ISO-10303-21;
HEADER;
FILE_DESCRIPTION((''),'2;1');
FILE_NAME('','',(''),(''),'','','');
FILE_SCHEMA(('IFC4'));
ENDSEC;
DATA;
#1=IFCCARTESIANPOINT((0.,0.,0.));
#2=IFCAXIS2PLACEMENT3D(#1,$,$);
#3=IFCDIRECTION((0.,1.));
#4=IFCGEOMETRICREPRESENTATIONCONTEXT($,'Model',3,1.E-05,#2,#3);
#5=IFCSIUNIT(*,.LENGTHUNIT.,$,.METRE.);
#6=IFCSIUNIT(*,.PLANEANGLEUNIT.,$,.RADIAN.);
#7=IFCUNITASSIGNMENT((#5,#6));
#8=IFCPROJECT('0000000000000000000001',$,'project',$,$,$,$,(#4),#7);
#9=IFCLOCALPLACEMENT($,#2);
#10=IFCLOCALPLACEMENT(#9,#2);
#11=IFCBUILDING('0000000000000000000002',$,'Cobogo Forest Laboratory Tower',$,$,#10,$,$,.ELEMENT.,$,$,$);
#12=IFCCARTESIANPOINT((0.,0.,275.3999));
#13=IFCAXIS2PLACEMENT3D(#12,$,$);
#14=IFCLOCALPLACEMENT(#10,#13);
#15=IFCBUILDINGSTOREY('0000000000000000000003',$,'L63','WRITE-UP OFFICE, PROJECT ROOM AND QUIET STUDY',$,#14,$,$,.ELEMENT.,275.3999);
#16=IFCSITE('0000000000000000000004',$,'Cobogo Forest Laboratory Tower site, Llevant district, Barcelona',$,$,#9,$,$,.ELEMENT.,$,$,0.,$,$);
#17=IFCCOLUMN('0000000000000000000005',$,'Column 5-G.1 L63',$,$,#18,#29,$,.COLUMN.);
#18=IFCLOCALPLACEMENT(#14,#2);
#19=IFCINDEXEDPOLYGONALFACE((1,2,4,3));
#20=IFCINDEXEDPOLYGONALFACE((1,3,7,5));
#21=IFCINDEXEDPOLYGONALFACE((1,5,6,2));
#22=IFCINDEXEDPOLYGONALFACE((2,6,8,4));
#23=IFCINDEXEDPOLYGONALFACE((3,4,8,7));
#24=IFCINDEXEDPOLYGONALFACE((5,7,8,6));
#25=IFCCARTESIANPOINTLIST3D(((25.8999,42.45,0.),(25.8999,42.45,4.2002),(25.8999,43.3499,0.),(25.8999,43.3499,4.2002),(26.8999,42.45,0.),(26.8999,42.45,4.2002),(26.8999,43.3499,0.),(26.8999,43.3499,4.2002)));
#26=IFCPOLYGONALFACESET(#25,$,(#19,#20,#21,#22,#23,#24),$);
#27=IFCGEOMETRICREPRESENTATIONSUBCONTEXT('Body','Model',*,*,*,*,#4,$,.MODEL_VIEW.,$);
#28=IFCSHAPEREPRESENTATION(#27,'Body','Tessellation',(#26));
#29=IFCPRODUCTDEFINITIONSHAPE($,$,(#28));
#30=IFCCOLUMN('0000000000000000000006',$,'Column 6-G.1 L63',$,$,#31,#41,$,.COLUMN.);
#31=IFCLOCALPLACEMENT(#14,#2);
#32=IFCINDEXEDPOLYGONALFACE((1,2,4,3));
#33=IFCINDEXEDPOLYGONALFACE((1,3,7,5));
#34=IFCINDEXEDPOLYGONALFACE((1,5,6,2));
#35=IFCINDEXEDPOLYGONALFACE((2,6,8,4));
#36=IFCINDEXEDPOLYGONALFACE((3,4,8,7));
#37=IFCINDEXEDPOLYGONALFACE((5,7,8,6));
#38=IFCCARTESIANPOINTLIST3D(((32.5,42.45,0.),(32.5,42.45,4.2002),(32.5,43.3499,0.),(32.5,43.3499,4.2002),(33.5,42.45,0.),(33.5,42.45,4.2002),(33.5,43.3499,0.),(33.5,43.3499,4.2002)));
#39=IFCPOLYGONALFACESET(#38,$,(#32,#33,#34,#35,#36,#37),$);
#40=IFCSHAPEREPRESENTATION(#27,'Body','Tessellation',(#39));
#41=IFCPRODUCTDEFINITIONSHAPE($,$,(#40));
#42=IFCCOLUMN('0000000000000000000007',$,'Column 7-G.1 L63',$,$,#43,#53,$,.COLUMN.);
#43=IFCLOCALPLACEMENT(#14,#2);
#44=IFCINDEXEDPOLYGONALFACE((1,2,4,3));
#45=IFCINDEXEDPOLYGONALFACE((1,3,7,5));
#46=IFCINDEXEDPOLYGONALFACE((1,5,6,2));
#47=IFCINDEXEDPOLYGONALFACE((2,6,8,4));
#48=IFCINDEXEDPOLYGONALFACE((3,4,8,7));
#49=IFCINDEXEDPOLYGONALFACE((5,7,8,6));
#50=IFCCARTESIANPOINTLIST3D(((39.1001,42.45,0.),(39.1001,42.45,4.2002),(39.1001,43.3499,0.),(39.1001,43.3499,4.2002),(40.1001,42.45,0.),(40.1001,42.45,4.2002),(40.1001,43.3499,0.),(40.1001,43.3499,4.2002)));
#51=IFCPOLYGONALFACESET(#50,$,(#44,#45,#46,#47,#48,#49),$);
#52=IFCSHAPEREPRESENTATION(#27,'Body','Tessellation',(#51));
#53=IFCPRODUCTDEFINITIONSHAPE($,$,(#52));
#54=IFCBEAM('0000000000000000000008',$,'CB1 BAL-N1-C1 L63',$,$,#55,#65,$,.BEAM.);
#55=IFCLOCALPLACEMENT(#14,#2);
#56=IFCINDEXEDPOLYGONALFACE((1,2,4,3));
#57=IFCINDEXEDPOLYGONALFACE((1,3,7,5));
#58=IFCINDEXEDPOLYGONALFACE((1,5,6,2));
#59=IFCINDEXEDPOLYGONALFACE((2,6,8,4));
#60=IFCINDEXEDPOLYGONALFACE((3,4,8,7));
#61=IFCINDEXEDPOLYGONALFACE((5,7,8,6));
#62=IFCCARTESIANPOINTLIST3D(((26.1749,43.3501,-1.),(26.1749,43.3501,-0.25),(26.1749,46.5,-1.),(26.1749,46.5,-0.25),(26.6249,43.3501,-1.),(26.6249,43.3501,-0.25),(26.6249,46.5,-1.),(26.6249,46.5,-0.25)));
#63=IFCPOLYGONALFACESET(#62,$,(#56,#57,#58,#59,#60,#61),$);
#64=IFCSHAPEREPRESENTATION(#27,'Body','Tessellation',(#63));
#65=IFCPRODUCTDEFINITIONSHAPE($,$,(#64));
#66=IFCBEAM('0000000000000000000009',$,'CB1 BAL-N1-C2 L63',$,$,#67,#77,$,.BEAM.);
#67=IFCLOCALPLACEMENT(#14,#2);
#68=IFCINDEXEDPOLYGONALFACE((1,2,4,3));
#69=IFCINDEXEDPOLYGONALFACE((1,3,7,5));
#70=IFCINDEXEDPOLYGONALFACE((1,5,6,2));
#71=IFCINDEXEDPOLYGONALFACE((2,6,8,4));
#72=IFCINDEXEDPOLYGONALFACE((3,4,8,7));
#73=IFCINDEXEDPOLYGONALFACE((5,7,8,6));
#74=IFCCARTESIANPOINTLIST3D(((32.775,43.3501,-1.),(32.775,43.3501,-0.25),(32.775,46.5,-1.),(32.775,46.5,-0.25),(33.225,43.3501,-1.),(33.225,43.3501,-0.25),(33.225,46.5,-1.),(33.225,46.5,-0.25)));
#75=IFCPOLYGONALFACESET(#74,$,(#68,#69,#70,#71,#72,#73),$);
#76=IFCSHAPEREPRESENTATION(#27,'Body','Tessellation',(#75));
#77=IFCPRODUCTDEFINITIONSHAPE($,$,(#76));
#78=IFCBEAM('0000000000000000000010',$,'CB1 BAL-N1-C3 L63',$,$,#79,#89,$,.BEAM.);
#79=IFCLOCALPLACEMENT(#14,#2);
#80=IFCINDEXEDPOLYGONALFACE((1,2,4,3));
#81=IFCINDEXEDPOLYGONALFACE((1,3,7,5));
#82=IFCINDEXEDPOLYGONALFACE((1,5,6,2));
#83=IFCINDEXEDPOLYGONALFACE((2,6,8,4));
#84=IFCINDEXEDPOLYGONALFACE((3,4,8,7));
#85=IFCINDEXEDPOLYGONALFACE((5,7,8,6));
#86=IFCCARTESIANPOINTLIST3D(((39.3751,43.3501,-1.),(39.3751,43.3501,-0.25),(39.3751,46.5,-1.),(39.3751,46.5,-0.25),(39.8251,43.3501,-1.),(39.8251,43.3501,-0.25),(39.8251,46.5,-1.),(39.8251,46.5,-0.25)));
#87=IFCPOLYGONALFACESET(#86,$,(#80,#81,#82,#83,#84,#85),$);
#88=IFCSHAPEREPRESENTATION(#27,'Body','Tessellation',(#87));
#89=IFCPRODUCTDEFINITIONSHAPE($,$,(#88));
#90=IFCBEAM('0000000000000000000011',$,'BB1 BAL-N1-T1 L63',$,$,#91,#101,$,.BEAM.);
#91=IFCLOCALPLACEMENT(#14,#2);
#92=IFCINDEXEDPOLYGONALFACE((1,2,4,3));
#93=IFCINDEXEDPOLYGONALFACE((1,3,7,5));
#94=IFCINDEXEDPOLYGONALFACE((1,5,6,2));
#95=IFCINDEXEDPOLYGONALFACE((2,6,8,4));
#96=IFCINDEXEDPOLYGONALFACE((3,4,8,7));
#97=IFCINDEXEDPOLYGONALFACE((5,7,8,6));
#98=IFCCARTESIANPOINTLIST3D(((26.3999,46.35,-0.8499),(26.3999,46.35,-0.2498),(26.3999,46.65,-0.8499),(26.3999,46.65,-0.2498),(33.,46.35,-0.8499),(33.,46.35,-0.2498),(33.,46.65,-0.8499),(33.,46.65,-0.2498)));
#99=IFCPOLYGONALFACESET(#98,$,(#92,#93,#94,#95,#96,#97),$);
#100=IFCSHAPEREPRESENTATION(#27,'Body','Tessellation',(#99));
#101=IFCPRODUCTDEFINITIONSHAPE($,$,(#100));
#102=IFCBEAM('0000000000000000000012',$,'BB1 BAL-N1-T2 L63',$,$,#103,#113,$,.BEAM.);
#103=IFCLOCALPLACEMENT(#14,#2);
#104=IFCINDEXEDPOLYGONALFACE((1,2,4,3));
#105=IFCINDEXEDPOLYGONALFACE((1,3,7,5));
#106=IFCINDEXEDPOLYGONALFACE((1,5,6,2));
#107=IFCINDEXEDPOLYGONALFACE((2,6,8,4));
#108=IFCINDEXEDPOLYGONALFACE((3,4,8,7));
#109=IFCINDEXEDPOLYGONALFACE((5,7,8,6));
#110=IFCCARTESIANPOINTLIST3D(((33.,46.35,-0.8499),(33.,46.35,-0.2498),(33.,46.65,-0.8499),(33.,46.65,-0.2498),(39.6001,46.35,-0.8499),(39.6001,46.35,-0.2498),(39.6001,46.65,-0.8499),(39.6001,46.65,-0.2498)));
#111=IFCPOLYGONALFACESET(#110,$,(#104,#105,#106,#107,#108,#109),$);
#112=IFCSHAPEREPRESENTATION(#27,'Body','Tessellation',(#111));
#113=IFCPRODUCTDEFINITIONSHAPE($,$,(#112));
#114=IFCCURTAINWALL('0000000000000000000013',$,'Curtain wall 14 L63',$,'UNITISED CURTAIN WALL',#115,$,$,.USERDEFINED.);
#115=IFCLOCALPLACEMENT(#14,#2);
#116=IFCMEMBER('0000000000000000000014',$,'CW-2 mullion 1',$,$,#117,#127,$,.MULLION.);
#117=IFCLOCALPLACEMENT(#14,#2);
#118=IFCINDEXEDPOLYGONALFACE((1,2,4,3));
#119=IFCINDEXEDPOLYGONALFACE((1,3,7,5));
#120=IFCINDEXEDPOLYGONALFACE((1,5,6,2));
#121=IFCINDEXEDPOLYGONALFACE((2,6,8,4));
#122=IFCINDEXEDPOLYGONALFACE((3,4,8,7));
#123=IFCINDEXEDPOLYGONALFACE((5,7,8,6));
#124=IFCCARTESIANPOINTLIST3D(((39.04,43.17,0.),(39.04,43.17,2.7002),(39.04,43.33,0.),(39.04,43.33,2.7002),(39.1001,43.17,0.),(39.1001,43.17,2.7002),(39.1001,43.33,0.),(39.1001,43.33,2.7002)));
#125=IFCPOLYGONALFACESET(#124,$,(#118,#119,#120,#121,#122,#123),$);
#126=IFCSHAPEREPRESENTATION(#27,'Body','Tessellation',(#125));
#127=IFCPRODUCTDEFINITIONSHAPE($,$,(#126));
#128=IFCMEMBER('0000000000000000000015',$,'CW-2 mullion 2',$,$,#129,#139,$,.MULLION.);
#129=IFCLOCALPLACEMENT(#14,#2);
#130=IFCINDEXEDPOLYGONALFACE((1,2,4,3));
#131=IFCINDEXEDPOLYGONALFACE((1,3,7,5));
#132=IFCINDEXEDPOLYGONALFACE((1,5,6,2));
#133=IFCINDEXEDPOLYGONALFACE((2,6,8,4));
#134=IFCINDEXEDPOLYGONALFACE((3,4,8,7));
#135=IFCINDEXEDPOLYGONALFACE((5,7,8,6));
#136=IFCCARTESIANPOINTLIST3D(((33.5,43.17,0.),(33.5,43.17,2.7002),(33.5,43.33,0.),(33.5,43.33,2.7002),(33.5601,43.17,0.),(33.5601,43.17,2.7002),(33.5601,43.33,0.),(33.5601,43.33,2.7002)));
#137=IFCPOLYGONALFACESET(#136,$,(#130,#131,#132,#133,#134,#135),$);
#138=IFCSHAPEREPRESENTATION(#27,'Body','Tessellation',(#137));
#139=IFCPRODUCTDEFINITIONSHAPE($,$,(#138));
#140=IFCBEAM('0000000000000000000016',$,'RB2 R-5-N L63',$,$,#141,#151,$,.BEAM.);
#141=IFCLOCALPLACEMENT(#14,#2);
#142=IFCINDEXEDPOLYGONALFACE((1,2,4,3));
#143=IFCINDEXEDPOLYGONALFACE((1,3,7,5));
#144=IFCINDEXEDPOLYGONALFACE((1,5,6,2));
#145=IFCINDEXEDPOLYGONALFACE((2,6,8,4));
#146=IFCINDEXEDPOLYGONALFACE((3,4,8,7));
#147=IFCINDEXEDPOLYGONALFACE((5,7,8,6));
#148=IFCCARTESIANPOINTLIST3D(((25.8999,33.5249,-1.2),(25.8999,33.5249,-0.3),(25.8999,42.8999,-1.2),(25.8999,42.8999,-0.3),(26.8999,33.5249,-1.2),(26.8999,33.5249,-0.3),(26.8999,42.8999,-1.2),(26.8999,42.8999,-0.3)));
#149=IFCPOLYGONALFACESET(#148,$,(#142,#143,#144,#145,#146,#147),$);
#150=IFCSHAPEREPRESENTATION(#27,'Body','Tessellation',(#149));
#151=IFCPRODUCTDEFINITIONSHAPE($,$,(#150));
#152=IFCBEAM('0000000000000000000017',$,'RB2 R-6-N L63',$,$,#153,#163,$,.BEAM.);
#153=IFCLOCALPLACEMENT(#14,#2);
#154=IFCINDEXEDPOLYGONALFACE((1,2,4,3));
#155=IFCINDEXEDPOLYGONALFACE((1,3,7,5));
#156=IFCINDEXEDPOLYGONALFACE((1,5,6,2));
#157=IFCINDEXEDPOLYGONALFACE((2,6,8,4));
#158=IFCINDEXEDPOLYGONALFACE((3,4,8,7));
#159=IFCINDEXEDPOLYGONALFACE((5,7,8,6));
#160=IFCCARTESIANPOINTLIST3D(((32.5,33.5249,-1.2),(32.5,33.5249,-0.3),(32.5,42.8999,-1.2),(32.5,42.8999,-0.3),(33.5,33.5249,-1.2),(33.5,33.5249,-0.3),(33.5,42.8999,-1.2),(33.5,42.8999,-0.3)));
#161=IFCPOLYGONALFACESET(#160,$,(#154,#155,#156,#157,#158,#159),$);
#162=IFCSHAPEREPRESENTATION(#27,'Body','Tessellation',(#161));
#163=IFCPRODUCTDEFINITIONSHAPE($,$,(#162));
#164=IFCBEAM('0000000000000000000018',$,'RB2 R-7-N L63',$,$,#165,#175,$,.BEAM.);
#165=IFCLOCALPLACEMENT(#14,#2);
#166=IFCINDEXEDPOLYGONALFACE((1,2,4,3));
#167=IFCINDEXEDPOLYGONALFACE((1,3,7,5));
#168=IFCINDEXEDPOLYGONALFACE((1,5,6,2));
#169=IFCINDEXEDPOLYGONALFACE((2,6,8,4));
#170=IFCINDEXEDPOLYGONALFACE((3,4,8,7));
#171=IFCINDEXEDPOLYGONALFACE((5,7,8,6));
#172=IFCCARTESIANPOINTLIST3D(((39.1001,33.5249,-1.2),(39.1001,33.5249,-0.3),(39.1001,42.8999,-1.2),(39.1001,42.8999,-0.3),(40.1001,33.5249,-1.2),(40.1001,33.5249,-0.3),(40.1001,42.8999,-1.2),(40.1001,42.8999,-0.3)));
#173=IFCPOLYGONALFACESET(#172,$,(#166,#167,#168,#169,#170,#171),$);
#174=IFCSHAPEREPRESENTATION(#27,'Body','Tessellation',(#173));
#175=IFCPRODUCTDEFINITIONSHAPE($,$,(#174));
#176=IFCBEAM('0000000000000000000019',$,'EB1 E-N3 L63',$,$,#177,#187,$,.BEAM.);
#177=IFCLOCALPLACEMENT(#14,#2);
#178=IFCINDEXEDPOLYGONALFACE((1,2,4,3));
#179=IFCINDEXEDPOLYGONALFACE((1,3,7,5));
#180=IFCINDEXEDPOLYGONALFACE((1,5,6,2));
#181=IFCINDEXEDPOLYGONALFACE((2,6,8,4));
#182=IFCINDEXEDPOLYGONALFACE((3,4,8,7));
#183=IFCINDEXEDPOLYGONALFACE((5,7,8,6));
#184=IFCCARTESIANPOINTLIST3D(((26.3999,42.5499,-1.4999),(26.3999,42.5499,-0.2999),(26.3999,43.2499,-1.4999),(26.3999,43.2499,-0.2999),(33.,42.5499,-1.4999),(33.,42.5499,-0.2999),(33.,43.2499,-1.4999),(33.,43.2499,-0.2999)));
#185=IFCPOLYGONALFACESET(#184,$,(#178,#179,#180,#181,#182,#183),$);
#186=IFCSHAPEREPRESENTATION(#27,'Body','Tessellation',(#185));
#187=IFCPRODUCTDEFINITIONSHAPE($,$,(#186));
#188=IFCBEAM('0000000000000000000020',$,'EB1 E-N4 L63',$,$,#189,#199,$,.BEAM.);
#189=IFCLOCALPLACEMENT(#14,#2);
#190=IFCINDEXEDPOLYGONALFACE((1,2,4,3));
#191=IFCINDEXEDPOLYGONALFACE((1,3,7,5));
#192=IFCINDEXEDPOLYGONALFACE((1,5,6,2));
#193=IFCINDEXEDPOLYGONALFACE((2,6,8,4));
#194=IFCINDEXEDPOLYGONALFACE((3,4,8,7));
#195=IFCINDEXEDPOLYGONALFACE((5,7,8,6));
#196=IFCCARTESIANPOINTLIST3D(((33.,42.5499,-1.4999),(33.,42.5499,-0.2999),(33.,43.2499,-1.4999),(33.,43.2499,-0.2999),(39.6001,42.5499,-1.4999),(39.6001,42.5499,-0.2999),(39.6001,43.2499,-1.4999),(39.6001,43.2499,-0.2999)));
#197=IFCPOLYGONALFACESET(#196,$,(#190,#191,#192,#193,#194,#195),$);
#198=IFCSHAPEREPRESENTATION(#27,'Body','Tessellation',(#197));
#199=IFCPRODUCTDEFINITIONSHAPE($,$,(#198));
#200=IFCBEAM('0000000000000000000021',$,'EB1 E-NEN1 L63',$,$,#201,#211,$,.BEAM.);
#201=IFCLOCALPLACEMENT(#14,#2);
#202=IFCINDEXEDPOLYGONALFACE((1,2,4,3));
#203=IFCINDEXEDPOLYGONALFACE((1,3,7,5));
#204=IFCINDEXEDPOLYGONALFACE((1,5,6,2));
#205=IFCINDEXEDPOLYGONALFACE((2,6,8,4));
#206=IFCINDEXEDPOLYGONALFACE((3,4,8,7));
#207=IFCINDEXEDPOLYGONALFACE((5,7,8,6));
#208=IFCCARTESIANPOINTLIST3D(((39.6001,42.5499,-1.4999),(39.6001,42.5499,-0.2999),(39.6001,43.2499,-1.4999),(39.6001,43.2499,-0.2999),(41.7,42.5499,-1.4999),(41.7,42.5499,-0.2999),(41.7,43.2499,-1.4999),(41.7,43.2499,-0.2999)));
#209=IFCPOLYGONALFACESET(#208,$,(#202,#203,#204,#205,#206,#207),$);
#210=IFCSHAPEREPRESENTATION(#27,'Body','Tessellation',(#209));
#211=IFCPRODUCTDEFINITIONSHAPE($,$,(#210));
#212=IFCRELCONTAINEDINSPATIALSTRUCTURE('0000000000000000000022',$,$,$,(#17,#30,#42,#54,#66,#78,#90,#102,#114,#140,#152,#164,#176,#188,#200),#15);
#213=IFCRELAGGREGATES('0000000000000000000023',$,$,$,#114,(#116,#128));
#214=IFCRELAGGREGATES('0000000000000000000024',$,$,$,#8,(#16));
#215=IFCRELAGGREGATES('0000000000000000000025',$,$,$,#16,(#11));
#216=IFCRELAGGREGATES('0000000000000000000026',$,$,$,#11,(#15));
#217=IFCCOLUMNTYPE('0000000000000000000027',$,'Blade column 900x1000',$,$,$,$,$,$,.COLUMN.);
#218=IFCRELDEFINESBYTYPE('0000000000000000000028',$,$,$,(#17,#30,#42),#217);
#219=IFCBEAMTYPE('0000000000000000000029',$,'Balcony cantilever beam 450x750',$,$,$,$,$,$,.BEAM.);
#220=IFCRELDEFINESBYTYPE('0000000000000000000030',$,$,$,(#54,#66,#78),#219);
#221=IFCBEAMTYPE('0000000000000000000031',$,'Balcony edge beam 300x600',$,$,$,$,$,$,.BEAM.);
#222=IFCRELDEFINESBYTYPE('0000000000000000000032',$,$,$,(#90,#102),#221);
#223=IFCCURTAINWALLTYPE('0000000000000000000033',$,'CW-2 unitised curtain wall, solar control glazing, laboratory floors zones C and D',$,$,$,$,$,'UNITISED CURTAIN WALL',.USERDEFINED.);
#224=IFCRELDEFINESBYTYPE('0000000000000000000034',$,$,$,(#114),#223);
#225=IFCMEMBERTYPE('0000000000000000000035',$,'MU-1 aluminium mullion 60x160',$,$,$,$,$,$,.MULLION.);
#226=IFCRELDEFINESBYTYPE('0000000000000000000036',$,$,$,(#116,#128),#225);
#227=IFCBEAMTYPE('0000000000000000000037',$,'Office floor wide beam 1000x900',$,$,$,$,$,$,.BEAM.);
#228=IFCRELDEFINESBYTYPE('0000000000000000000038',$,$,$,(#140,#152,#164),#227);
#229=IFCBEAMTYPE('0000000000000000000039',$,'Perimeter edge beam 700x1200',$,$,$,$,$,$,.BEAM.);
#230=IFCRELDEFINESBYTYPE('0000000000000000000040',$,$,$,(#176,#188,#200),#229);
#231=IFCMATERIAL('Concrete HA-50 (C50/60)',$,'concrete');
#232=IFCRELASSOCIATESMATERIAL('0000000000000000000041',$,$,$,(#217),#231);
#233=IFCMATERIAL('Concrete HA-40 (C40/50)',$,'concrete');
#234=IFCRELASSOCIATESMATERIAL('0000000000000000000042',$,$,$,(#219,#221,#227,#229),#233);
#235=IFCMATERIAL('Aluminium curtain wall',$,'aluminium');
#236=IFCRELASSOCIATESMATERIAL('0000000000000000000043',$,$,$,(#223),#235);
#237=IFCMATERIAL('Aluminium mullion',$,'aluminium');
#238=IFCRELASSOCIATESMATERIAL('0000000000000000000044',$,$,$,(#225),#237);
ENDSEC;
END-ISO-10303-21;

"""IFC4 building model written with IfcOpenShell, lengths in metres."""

from ifc_helpers import new_model, si_unit, direction, frame, origin, origin_2d, place, context, subcontext, project, spatial, rectangle, extrude, material, material_profile, profile_set, type_object, element, aggregate, save


model = new_model("IFC4")

# Units and contexts
model_context = context("Model", 3, precision=1e-05, world=origin(), true_north=direction((0.0, 1.0)))
body_context = subcontext(model_context, "Body", "Model", "MODEL_VIEW")
ifc_project = project(units=[si_unit("LENGTHUNIT", "METRE"), si_unit("PLANEANGLEUNIT", "RADIAN")], contexts=[model_context])

# Site, building, storey
site_placement = place(None, origin())
site = spatial("IfcSite", under=ifc_project, at=site_placement, Name="Cobogo Forest Laboratory Tower site, Llevant district, Barcelona", CompositionType="ELEMENT", RefElevation=0.0)
building_placement = place(site_placement, origin())
building = spatial("IfcBuilding", under=site, at=building_placement, Name="Cobogo Forest Laboratory Tower", CompositionType="ELEMENT")
storey_placement = place(building_placement, frame((0.0, 0.0, 275.3999)))
storey = spatial("IfcBuildingStorey", under=building, at=storey_placement, Name="L63", Description="WRITE-UP OFFICE, PROJECT ROOM AND QUIET STUDY", CompositionType="ELEMENT", Elevation=275.3999)

# Columns
ifc_material_1 = material(Name="Concrete HA-50 (C50/60)", Category="concrete")
ifc_material_profile_1 = material_profile(ifc_material_1, rectangle(XDim=1.0, YDim=0.8999, at=origin_2d()), Name="RC 900x1000")
ifc_profile_set_1 = profile_set([ifc_material_profile_1], Name="Concrete HA-50 (C50/60)")
column_type = type_object("IfcColumnType", Name="Blade column 900x1000", PredefinedType="COLUMN", material=ifc_profile_set_1)
for number, where, z_axis, x_axis, name in (
    (1, (26.3999, 42.8999, 0.0), (0.0, 0.0, 1.0), (1.0, 0.0, 0.0), "Column 5-G.1 L63"),
    (2, (33.0, 42.8999, 0.0), (0.0, 0.0, 1.0), (1.0, 0.0, 0.0), "Column 6-G.1 L63"),
    (3, (39.6001, 42.8999, 0.0), (0.0, 0.0, 1.0), (1.0, 0.0, 0.0), "Column 7-G.1 L63"),
):
    element("IfcColumn", number, at=place(storey_placement, frame(where, z_axis=z_axis, x_axis=x_axis)), inside=storey, type_object=column_type, Name=name, PredefinedType="COLUMN", context=body_context, shape_type="SweptSolid", body=[
        extrude(rectangle(XDim=1.0, YDim=0.8999, at=origin_2d()), origin(), (0.0, 0.0, 1.0), 4.2002),
    ])

# Beams
ifc_material_2 = material(Name="Concrete HA-40 (C40/50)", Category="concrete")
ifc_material_profile_2 = material_profile(ifc_material_2, rectangle(XDim=0.45, YDim=0.75, at=origin_2d()), Name="RC 450x750")
ifc_profile_set_2 = profile_set([ifc_material_profile_2], Name="Concrete HA-40 (C40/50)")
beam_type_1 = type_object("IfcBeamType", Name="Balcony cantilever beam 450x750", PredefinedType="BEAM", material=ifc_profile_set_2)
for number, where, z_axis, x_axis, name in (
    (4, (26.3999, 43.3501, -0.625), (0.0, 1.0, 0.0), (-1.0, 0.0, 0.0), "CB1 BAL-N1-C1 L63"),
    (5, (33.0, 43.3501, -0.625), (0.0, 1.0, 0.0), (-1.0, 0.0, 0.0), "CB1 BAL-N1-C2 L63"),
    (6, (39.6001, 43.3501, -0.625), (0.0, 1.0, 0.0), (-1.0, 0.0, 0.0), "CB1 BAL-N1-C3 L63"),
):
    element("IfcBeam", number, at=place(storey_placement, frame(where, z_axis=z_axis, x_axis=x_axis)), inside=storey, type_object=beam_type_1, Name=name, PredefinedType="BEAM", context=body_context, shape_type="SweptSolid", body=[
        extrude(rectangle(XDim=0.45, YDim=0.75, at=origin_2d()), origin(), (0.0, 0.0, 1.0), 3.1499),
    ])
ifc_material_profile_3 = material_profile(ifc_material_2, rectangle(XDim=0.3, YDim=0.6001, at=origin_2d()), Name="RC 300x600")
ifc_profile_set_3 = profile_set([ifc_material_profile_3], Name="Concrete HA-40 (C40/50)")
beam_type_2 = type_object("IfcBeamType", Name="Balcony edge beam 300x600", PredefinedType="BEAM", material=ifc_profile_set_3)
for number, where, z_axis, x_axis, name in (
    (7, (26.3999, 46.5, -0.5498), (1.0, 0.0, 0.0), (0.0, 1.0, 0.0), "BB1 BAL-N1-T1 L63"),
    (8, (33.0, 46.5, -0.5498), (1.0, 0.0, 0.0), (0.0, 1.0, 0.0), "BB1 BAL-N1-T2 L63"),
):
    element("IfcBeam", number, at=place(storey_placement, frame(where, z_axis=z_axis, x_axis=x_axis)), inside=storey, type_object=beam_type_2, Name=name, PredefinedType="BEAM", context=body_context, shape_type="SweptSolid", body=[
        extrude(rectangle(XDim=0.3, YDim=0.6001, at=origin_2d()), origin(), (0.0, 0.0, 1.0), 6.6001),
    ])

# Curtain wall, members
ifc_material_3 = material(Name="Aluminium curtain wall", Category="aluminium")
curtain_wall_type = type_object("IfcCurtainWallType", Name="CW-2 unitised curtain wall, solar control glazing, laboratory floors zones C and D", ElementType="UNITISED CURTAIN WALL", PredefinedType="USERDEFINED", material=ifc_material_3)
curtain_wall_placement = place(storey_placement, origin())
curtain_wall = element("IfcCurtainWall", 9, at=curtain_wall_placement, inside=storey, type_object=curtain_wall_type, Name="Curtain wall 14 L63", ObjectType="UNITISED CURTAIN WALL", PredefinedType="USERDEFINED")
ifc_material_4 = material(Name="Aluminium mullion", Category="aluminium")
ifc_material_profile_4 = material_profile(ifc_material_4, rectangle(XDim=0.0601, YDim=0.1599, at=origin_2d()), Name="AL 60x160")
ifc_profile_set_4 = profile_set([ifc_material_profile_4], Name="Aluminium mullion")
member_type_1 = type_object("IfcMemberType", Name="MU-1 aluminium mullion 60x160", PredefinedType="MULLION", material=ifc_profile_set_4)
member_1_placement = place(storey_placement, frame((39.0701, 43.25, 0.0), z_axis=(0.0, 0.0, 1.0), x_axis=(-1.0, 0.0, 0.0)))
member_1 = element("IfcMember", 10, at=member_1_placement, type_object=member_type_1, Name="CW-2 mullion 1", PredefinedType="MULLION", context=body_context, shape_type="SweptSolid", body=[
    extrude(rectangle(XDim=0.0601, YDim=0.1599, at=origin_2d()), origin(), (0.0, 0.0, 1.0), 2.7002),
])
member_2_placement = place(storey_placement, frame((33.53, 43.25, 0.0), z_axis=(0.0, 0.0, 1.0), x_axis=(-1.0, 0.0, 0.0)))
member_2 = element("IfcMember", 11, at=member_2_placement, type_object=member_type_1, Name="CW-2 mullion 2", PredefinedType="MULLION", context=body_context, shape_type="SweptSolid", body=[
    extrude(rectangle(XDim=0.0601, YDim=0.1599, at=origin_2d()), origin(), (0.0, 0.0, 1.0), 2.7002),
])

# Beams
ifc_material_profile_5 = material_profile(ifc_material_2, rectangle(XDim=1.0, YDim=0.8999, at=origin_2d()), Name="RC 1000x900")
ifc_profile_set_5 = profile_set([ifc_material_profile_5], Name="Concrete HA-40 (C40/50)")
beam_type_3 = type_object("IfcBeamType", Name="Office floor wide beam 1000x900", PredefinedType="BEAM", material=ifc_profile_set_5)
for number, where, z_axis, x_axis, name in (
    (12, (26.3999, 33.5249, -0.75), (0.0, 1.0, 0.0), (-1.0, 0.0, 0.0), "RB2 R-5-N L63"),
    (13, (33.0, 33.5249, -0.75), (0.0, 1.0, 0.0), (-1.0, 0.0, 0.0), "RB2 R-6-N L63"),
    (14, (39.6001, 33.5249, -0.75), (0.0, 1.0, 0.0), (-1.0, 0.0, 0.0), "RB2 R-7-N L63"),
):
    element("IfcBeam", number, at=place(storey_placement, frame(where, z_axis=z_axis, x_axis=x_axis)), inside=storey, type_object=beam_type_3, Name=name, PredefinedType="BEAM", context=body_context, shape_type="SweptSolid", body=[
        extrude(rectangle(XDim=1.0, YDim=0.8999, at=origin_2d()), origin(), (0.0, 0.0, 1.0), 9.375),
    ])
ifc_material_profile_6 = material_profile(ifc_material_2, rectangle(XDim=0.7, YDim=1.2, at=origin_2d()), Name="RC 700x1200")
ifc_profile_set_6 = profile_set([ifc_material_profile_6], Name="Concrete HA-40 (C40/50)")
beam_type_4 = type_object("IfcBeamType", Name="Perimeter edge beam 700x1200", PredefinedType="BEAM", material=ifc_profile_set_6)
for number, where, z_axis, x_axis, name in (
    (15, (26.3999, 42.8999, -0.8999), (1.0, 0.0, 0.0), (0.0, 1.0, 0.0), "EB1 E-N3 L63"),
    (16, (33.0, 42.8999, -0.8999), (1.0, 0.0, 0.0), (0.0, 1.0, 0.0), "EB1 E-N4 L63"),
):
    element("IfcBeam", number, at=place(storey_placement, frame(where, z_axis=z_axis, x_axis=x_axis)), inside=storey, type_object=beam_type_4, Name=name, PredefinedType="BEAM", context=body_context, shape_type="SweptSolid", body=[
        extrude(rectangle(XDim=0.7, YDim=1.2, at=origin_2d()), origin(), (0.0, 0.0, 1.0), 6.6001),
    ])
beam_placement = place(storey_placement, frame((39.6001, 42.8999, -0.8999), z_axis=(1.0, 0.0, 0.0), x_axis=(0.0, 1.0, 0.0)))
element("IfcBeam", 17, at=beam_placement, inside=storey, type_object=beam_type_4, Name="EB1 E-NEN1 L63", PredefinedType="BEAM", context=body_context, shape_type="SweptSolid", body=[
    extrude(rectangle(XDim=0.7, YDim=1.2, at=origin_2d()), origin(), (0.0, 0.0, 1.0), 2.0999),
])

aggregate(curtain_wall, [member_1, member_2])

save(model, "model.ifc")
